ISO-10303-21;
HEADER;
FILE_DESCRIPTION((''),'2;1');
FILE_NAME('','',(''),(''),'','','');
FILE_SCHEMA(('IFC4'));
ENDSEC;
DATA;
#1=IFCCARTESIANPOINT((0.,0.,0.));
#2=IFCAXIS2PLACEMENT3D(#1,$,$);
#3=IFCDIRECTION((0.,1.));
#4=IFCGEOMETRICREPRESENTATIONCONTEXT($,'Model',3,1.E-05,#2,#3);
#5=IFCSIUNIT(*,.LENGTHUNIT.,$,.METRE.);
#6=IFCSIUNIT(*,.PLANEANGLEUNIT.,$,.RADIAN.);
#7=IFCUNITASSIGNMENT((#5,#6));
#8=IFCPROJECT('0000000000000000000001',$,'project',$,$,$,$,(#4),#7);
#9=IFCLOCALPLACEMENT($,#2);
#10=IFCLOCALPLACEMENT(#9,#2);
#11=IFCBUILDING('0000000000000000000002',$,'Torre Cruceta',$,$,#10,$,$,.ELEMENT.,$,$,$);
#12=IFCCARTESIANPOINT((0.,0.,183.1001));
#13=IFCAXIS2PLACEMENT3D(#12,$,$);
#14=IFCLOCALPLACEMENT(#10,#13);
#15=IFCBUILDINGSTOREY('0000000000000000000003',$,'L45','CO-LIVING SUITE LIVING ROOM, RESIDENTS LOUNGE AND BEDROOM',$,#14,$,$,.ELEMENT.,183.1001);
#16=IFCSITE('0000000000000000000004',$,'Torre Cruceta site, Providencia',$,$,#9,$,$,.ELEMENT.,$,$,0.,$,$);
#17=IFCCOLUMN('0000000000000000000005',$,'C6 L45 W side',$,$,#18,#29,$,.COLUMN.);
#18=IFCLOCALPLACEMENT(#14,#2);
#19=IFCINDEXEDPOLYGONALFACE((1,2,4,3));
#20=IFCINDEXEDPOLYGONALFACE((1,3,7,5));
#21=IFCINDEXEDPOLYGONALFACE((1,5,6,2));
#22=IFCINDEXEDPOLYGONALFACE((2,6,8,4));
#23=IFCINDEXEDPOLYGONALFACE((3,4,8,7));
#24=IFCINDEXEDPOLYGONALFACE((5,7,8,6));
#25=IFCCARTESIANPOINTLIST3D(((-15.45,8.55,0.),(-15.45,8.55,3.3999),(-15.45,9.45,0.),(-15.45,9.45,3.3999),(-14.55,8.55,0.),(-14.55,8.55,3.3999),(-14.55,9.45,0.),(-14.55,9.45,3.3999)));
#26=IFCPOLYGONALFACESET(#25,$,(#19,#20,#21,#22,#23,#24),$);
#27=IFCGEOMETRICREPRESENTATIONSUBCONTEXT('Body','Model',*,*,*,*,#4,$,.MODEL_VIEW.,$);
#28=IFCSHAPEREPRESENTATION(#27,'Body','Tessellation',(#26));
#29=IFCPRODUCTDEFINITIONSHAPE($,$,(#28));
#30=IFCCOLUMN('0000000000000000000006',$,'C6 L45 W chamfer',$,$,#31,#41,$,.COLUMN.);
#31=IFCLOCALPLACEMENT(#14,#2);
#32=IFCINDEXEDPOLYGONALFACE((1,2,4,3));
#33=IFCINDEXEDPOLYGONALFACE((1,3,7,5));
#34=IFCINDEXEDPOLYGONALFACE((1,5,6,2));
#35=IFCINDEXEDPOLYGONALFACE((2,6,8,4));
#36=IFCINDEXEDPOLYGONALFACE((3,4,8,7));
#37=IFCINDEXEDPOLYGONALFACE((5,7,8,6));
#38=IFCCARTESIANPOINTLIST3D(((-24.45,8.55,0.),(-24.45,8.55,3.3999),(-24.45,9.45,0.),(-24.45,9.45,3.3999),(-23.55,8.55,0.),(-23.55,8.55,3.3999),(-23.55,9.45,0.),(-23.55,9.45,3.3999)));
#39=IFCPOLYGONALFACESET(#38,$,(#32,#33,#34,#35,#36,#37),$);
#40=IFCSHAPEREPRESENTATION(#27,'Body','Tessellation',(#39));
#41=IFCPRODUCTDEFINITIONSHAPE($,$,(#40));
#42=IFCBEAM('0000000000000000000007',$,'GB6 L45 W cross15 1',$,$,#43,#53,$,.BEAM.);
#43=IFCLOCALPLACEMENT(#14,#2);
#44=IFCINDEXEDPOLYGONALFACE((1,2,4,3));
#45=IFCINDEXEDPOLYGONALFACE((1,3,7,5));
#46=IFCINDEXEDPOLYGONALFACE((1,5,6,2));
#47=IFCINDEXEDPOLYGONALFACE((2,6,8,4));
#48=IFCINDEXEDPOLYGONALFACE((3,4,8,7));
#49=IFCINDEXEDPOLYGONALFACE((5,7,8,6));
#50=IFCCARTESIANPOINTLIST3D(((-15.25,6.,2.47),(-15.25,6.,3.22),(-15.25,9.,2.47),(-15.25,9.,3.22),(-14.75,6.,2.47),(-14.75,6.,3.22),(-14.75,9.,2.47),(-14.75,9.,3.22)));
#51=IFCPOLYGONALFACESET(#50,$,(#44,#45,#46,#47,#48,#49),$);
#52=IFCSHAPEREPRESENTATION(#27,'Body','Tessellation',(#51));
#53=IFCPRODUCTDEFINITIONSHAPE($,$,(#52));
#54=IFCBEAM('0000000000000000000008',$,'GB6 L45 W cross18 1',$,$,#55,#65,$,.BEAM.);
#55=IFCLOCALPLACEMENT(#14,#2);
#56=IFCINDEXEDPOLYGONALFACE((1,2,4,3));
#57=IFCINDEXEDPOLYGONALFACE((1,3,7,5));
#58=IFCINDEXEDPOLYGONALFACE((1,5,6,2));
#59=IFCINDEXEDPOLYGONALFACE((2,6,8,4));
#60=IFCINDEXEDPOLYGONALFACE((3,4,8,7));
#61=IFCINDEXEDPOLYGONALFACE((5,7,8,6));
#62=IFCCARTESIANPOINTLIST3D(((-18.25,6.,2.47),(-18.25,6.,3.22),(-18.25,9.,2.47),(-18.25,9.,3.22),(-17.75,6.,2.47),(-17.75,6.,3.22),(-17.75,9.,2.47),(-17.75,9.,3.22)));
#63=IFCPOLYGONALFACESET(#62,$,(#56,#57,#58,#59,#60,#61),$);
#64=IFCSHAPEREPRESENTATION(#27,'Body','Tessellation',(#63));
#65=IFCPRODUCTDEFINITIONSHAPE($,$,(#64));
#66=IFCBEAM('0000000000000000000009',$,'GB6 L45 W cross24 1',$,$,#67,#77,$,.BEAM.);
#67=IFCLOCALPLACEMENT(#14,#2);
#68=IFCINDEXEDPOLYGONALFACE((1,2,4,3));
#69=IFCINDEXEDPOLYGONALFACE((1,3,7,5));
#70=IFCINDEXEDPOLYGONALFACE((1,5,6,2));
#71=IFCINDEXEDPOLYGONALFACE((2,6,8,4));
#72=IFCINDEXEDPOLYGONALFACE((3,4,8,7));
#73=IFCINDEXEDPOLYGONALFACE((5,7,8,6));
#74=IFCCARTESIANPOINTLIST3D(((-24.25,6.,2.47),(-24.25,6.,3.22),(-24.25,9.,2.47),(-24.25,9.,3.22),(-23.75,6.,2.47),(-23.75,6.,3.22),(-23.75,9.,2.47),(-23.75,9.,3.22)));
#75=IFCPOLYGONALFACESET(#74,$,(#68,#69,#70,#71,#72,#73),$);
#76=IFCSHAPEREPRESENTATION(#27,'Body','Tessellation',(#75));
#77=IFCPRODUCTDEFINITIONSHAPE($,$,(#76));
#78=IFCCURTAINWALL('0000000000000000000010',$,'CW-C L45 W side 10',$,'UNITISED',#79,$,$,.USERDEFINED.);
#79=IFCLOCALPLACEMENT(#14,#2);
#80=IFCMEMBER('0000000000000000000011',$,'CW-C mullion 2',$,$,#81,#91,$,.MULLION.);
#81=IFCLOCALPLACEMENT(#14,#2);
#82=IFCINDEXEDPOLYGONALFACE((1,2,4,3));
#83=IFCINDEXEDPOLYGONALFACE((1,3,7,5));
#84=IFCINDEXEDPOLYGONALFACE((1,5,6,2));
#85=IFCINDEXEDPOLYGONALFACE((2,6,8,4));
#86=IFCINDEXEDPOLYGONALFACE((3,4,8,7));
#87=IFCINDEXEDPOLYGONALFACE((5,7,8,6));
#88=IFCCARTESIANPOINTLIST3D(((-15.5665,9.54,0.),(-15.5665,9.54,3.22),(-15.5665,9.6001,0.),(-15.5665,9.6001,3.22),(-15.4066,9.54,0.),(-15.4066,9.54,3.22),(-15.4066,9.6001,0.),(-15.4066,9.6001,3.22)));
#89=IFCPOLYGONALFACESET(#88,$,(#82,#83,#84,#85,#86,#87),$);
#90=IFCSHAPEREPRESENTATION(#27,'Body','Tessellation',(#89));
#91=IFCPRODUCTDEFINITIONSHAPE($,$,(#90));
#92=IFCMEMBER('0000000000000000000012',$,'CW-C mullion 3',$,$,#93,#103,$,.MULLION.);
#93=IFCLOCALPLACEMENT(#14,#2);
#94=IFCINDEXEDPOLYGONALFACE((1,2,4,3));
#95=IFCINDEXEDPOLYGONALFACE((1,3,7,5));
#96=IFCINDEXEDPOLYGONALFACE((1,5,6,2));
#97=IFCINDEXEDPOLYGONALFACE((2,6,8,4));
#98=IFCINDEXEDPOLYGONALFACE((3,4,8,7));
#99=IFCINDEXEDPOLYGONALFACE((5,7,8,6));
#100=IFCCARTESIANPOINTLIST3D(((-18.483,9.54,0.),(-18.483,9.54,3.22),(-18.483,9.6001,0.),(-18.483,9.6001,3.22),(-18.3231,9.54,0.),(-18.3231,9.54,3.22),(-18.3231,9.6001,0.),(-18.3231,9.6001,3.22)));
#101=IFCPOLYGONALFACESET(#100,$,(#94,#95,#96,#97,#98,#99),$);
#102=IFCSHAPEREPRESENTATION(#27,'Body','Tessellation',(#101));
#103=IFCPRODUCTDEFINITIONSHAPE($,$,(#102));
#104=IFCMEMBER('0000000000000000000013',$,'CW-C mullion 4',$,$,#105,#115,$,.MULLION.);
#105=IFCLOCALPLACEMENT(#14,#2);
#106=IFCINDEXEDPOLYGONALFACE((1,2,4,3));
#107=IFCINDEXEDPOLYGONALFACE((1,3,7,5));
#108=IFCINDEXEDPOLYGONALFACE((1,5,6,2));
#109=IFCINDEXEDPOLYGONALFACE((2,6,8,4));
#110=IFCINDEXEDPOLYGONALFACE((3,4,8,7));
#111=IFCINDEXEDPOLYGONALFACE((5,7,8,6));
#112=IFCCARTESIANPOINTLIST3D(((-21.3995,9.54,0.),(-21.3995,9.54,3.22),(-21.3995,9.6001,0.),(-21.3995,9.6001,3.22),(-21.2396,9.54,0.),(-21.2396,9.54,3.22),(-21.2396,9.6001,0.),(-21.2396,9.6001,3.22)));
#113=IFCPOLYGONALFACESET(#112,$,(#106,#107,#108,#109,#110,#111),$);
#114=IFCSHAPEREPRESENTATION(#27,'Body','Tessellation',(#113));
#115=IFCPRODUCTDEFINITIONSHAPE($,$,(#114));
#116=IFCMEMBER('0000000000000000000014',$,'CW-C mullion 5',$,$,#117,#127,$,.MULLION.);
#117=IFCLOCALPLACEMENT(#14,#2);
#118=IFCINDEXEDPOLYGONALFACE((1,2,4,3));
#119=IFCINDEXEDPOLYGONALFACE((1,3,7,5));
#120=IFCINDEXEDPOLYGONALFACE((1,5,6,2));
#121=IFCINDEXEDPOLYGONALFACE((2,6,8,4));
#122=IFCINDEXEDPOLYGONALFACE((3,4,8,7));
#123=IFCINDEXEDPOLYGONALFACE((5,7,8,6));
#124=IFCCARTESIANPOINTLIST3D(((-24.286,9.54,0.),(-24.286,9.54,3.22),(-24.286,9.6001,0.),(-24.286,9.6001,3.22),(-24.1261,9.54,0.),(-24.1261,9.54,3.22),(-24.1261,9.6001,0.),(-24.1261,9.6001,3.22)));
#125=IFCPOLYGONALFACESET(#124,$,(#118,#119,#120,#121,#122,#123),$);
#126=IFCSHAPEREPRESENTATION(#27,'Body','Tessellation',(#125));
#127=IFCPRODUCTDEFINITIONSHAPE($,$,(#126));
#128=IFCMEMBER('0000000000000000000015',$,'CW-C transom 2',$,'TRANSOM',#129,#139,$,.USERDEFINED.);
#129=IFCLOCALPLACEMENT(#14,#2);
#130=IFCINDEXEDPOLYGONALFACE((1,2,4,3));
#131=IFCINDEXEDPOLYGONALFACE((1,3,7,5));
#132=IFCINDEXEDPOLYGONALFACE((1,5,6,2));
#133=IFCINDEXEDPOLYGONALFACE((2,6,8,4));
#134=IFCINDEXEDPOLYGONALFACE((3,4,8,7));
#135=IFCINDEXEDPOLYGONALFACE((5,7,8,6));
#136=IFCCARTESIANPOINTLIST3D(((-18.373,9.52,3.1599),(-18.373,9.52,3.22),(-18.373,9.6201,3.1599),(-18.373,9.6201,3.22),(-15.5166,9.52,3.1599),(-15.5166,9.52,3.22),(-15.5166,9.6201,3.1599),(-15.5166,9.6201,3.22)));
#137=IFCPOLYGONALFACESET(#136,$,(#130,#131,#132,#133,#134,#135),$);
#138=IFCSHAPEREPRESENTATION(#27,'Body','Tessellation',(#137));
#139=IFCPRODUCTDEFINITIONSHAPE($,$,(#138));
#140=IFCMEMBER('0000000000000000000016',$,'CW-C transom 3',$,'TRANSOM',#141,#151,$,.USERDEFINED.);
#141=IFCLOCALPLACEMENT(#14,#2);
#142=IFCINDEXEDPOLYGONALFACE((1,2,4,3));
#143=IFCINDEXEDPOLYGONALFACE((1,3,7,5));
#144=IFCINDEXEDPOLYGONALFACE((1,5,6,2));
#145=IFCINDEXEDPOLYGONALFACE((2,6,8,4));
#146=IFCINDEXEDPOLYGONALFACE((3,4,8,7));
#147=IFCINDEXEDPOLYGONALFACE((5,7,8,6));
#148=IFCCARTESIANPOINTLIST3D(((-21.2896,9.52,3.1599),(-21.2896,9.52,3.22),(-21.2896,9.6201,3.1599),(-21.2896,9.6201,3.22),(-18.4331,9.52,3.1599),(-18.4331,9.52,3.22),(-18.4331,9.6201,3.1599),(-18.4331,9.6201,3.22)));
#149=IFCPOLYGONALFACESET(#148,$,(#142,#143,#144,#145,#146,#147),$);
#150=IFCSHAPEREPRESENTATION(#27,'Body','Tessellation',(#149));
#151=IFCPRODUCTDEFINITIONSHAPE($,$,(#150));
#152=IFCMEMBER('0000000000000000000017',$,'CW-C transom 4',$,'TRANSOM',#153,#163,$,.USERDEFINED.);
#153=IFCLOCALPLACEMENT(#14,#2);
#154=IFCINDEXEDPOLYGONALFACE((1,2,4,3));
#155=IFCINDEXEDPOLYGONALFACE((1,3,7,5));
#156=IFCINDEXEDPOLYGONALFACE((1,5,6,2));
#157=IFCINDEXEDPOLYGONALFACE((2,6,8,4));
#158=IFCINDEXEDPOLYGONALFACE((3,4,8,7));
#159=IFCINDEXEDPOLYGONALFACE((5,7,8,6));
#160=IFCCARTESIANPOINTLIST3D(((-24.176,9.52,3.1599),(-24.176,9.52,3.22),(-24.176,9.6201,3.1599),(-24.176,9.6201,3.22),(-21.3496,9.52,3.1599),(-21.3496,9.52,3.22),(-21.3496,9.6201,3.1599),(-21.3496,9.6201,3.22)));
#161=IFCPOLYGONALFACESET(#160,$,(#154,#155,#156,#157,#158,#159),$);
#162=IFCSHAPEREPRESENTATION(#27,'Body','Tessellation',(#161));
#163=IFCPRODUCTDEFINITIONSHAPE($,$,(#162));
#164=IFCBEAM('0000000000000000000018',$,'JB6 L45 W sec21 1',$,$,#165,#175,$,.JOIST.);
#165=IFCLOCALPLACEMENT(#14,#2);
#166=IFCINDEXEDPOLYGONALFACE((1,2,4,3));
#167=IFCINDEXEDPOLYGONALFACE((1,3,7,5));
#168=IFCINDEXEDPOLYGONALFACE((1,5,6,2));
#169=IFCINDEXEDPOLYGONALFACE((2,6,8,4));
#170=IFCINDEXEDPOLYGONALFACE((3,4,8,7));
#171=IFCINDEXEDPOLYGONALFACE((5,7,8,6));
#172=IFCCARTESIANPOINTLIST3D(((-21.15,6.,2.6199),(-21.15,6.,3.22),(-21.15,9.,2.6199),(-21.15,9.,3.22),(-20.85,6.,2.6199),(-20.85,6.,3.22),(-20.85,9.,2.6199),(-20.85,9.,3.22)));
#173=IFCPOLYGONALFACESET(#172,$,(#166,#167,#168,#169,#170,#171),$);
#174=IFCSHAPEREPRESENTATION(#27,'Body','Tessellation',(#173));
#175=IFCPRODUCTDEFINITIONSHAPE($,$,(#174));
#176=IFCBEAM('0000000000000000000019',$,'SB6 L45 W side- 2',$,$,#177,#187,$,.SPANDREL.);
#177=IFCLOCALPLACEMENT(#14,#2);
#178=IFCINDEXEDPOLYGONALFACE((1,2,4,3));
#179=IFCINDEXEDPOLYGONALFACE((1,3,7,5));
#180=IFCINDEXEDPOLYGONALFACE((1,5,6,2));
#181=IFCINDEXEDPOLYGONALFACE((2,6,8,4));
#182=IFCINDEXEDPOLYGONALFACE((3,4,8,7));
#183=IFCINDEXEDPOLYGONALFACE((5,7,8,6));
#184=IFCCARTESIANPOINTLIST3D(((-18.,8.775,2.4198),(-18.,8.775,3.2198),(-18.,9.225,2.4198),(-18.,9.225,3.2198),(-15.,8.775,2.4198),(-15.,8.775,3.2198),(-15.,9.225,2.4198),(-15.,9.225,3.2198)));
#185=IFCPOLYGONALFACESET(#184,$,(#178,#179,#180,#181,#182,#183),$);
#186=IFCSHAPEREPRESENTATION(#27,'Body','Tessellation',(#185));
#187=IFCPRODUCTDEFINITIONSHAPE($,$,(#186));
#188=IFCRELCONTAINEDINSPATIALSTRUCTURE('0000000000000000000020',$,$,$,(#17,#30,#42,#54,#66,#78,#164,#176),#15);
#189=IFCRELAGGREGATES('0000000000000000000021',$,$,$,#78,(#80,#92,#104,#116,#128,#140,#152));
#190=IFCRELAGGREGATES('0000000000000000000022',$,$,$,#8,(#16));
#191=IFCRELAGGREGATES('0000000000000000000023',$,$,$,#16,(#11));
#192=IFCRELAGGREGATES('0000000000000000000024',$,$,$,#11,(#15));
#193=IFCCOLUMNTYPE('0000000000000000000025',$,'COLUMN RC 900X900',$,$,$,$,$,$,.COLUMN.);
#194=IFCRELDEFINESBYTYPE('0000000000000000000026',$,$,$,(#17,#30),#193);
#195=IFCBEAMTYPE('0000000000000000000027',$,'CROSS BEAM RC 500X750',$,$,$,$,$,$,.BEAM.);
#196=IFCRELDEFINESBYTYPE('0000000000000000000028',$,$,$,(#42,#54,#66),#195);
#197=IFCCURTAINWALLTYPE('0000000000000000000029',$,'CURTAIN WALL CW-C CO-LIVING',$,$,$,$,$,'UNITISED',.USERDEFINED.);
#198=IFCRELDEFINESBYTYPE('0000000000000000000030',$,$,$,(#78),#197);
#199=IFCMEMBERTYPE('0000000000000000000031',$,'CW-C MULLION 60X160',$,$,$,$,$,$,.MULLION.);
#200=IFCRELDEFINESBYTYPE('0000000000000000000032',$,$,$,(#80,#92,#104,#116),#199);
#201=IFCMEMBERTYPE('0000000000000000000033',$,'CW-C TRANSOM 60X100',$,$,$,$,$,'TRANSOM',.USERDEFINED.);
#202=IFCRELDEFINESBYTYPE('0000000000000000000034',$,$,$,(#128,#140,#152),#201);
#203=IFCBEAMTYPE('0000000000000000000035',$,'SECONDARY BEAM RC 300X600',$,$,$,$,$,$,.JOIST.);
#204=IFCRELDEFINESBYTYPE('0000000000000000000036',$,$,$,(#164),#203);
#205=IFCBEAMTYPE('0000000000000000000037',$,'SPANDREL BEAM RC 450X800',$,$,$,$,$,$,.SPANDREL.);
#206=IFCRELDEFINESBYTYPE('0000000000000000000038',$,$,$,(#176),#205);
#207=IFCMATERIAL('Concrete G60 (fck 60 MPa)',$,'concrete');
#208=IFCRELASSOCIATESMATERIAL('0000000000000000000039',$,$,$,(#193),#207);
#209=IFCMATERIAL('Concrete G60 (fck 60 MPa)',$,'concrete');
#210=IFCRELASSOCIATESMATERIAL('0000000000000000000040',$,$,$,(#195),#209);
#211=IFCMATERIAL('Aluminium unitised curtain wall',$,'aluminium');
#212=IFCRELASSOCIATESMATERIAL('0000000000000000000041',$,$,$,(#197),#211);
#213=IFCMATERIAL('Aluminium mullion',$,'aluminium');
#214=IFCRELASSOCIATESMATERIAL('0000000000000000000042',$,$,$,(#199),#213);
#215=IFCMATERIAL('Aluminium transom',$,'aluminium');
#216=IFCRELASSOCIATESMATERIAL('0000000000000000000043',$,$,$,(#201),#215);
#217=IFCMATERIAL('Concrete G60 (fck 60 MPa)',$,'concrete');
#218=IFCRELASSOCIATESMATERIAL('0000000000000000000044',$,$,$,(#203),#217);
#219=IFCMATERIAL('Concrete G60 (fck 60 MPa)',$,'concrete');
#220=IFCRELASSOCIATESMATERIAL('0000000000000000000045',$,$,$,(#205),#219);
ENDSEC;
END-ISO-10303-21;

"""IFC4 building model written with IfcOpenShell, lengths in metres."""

from ifc_helpers import new_model, si_unit, direction, frame, origin, origin_2d, place, context, subcontext, project, spatial, rectangle, extrude, material, material_profile, profile_set, type_object, element, aggregate, save


model = new_model("IFC4")

# Units and contexts
model_context = context("Model", 3, precision=1e-05, world=origin(), true_north=direction((0.0, 1.0)))
body_context = subcontext(model_context, "Body", "Model", "MODEL_VIEW")
ifc_project = project(units=[si_unit("LENGTHUNIT", "METRE"), si_unit("PLANEANGLEUNIT", "RADIAN")], contexts=[model_context])

# Site, building, storey
site_placement = place(None, origin())
site = spatial("IfcSite", under=ifc_project, at=site_placement, Name="Torre Cruceta site, Providencia", CompositionType="ELEMENT", RefElevation=0.0)
building_placement = place(site_placement, origin())
building = spatial("IfcBuilding", under=site, at=building_placement, Name="Torre Cruceta", CompositionType="ELEMENT")
storey_placement = place(building_placement, frame((0.0, 0.0, 183.1001)))
storey = spatial("IfcBuildingStorey", under=building, at=storey_placement, Name="L45", Description="CO-LIVING SUITE LIVING ROOM, RESIDENTS LOUNGE AND BEDROOM", CompositionType="ELEMENT", Elevation=183.1001)

# Columns
ifc_material_1 = material(Name="Concrete G60 (fck 60 MPa)", Category="concrete")
ifc_material_profile_1 = material_profile(ifc_material_1, rectangle(XDim=0.8999, YDim=0.8999, at=origin_2d()), Name="RC 900X900")
ifc_profile_set_1 = profile_set([ifc_material_profile_1], Name="Concrete G60 (fck 60 MPa)")
column_type = type_object("IfcColumnType", Name="COLUMN RC 900X900", PredefinedType="COLUMN", material=ifc_profile_set_1)
for number, where, z_axis, x_axis, name in (
    (1, (-15.0, 9.0, 0.0), (0.0, 0.0, 1.0), (1.0, 0.0, 0.0), "C6 L45 W side"),
    (2, (-24.0, 9.0, 0.0), (0.0, 0.0, 1.0), (1.0, 0.0, 0.0), "C6 L45 W chamfer"),
):
    element("IfcColumn", number, at=place(storey_placement, frame(where, z_axis=z_axis, x_axis=x_axis)), inside=storey, type_object=column_type, Name=name, PredefinedType="COLUMN", context=body_context, shape_type="SweptSolid", body=[
        extrude(rectangle(XDim=0.8999, YDim=0.8999, at=origin_2d()), origin(), (0.0, 0.0, 1.0), 3.3999),
    ])

# Beams
ifc_material_2 = material(Name="Concrete G60 (fck 60 MPa)", Category="concrete")
ifc_material_profile_2 = material_profile(ifc_material_2, rectangle(XDim=0.5, YDim=0.75, at=origin_2d()), Name="RC 500X750")
ifc_profile_set_2 = profile_set([ifc_material_profile_2], Name="Concrete G60 (fck 60 MPa)")
beam_type_1 = type_object("IfcBeamType", Name="CROSS BEAM RC 500X750", PredefinedType="BEAM", material=ifc_profile_set_2)
for number, where, z_axis, x_axis, name in (
    (3, (-15.0, 9.0, 2.845), (0.0, -1.0, 0.0), (1.0, 0.0, 0.0), "GB6 L45 W cross15 1"),
    (4, (-18.0, 9.0, 2.845), (0.0, -1.0, 0.0), (1.0, 0.0, 0.0), "GB6 L45 W cross18 1"),
    (5, (-24.0, 9.0, 2.845), (0.0, -1.0, 0.0), (1.0, 0.0, 0.0), "GB6 L45 W cross24 1"),
):
    element("IfcBeam", number, at=place(storey_placement, frame(where, z_axis=z_axis, x_axis=x_axis)), inside=storey, type_object=beam_type_1, Name=name, PredefinedType="BEAM", context=body_context, shape_type="SweptSolid", body=[
        extrude(rectangle(XDim=0.5, YDim=0.75, at=origin_2d()), origin(), (0.0, 0.0, 1.0), 3.0),
    ])

# Curtain wall, members
ifc_material_3 = material(Name="Aluminium unitised curtain wall", Category="aluminium")
curtain_wall_type = type_object("IfcCurtainWallType", Name="CURTAIN WALL CW-C CO-LIVING", ElementType="UNITISED", PredefinedType="USERDEFINED", material=ifc_material_3)
curtain_wall_placement = place(storey_placement, origin())
curtain_wall = element("IfcCurtainWall", 6, at=curtain_wall_placement, inside=storey, type_object=curtain_wall_type, Name="CW-C L45 W side 10", ObjectType="UNITISED", PredefinedType="USERDEFINED")
ifc_material_4 = material(Name="Aluminium mullion", Category="aluminium")
ifc_material_profile_3 = material_profile(ifc_material_4, rectangle(XDim=0.0601, YDim=0.1599, at=origin_2d()), Name="AL 60X160")
ifc_profile_set_3 = profile_set([ifc_material_profile_3], Name="Aluminium mullion")
member_type_1 = type_object("IfcMemberType", Name="CW-C MULLION 60X160", PredefinedType="MULLION", material=ifc_profile_set_3)
member_1_placement = place(storey_placement, frame((-15.4866, 9.5701, 0.0), z_axis=(0.0, 0.0, 1.0), x_axis=(0.0, -1.0, 0.0)))
member_1 = element("IfcMember", 7, at=member_1_placement, type_object=member_type_1, Name="CW-C mullion 2", PredefinedType="MULLION", context=body_context, shape_type="SweptSolid", body=[
    extrude(rectangle(XDim=0.0601, YDim=0.1599, at=origin_2d()), origin(), (0.0, 0.0, 1.0), 3.22),
])
member_2_placement = place(storey_placement, frame((-18.4031, 9.5701, 0.0), z_axis=(0.0, 0.0, 1.0), x_axis=(0.0, -1.0, 0.0)))
member_2 = element("IfcMember", 8, at=member_2_placement, type_object=member_type_1, Name="CW-C mullion 3", PredefinedType="MULLION", context=body_context, shape_type="SweptSolid", body=[
    extrude(rectangle(XDim=0.0601, YDim=0.1599, at=origin_2d()), origin(), (0.0, 0.0, 1.0), 3.22),
])
member_3_placement = place(storey_placement, frame((-21.3196, 9.5701, 0.0), z_axis=(0.0, 0.0, 1.0), x_axis=(0.0, -1.0, 0.0)))
member_3 = element("IfcMember", 9, at=member_3_placement, type_object=member_type_1, Name="CW-C mullion 4", PredefinedType="MULLION", context=body_context, shape_type="SweptSolid", body=[
    extrude(rectangle(XDim=0.0601, YDim=0.1599, at=origin_2d()), origin(), (0.0, 0.0, 1.0), 3.22),
])
member_4_placement = place(storey_placement, frame((-24.2061, 9.5701, 0.0), z_axis=(0.0, 0.0, 1.0), x_axis=(0.0, -1.0, 0.0)))
member_4 = element("IfcMember", 10, at=member_4_placement, type_object=member_type_1, Name="CW-C mullion 5", PredefinedType="MULLION", context=body_context, shape_type="SweptSolid", body=[
    extrude(rectangle(XDim=0.0601, YDim=0.1599, at=origin_2d()), origin(), (0.0, 0.0, 1.0), 3.22),
])
ifc_material_5 = material(Name="Aluminium transom", Category="aluminium")
ifc_material_profile_4 = material_profile(ifc_material_5, rectangle(XDim=0.1001, YDim=0.0601, at=origin_2d()), Name="AL 100X60")
ifc_profile_set_4 = profile_set([ifc_material_profile_4], Name="Aluminium transom")
member_type_2 = type_object("IfcMemberType", Name="CW-C TRANSOM 60X100", ElementType="TRANSOM", PredefinedType="USERDEFINED", material=ifc_profile_set_4)
member_5_placement = place(storey_placement, frame((-15.5166, 9.5701, 3.1899), z_axis=(-1.0, 0.0, 0.0), x_axis=(0.0, -1.0, 0.0)))
member_5 = element("IfcMember", 11, at=member_5_placement, type_object=member_type_2, Name="CW-C transom 2", ObjectType="TRANSOM", PredefinedType="USERDEFINED", context=body_context, shape_type="SweptSolid", body=[
    extrude(rectangle(XDim=0.1001, YDim=0.0601, at=origin_2d()), origin(), (0.0, 0.0, 1.0), 2.8564),
])
member_6_placement = place(storey_placement, frame((-18.4331, 9.5701, 3.1899), z_axis=(-1.0, 0.0, 0.0), x_axis=(0.0, -1.0, 0.0)))
member_6 = element("IfcMember", 12, at=member_6_placement, type_object=member_type_2, Name="CW-C transom 3", ObjectType="TRANSOM", PredefinedType="USERDEFINED", context=body_context, shape_type="SweptSolid", body=[
    extrude(rectangle(XDim=0.1001, YDim=0.0601, at=origin_2d()), origin(), (0.0, 0.0, 1.0), 2.8564),
])
member_7_placement = place(storey_placement, frame((-21.3496, 9.5701, 3.1899), z_axis=(-1.0, 0.0, 0.0), x_axis=(0.0, -1.0, 0.0)))
member_7 = element("IfcMember", 13, at=member_7_placement, type_object=member_type_2, Name="CW-C transom 4", ObjectType="TRANSOM", PredefinedType="USERDEFINED", context=body_context, shape_type="SweptSolid", body=[
    extrude(rectangle(XDim=0.1001, YDim=0.0601, at=origin_2d()), origin(), (0.0, 0.0, 1.0), 2.8264),
])

# Beams
ifc_material_6 = material(Name="Concrete G60 (fck 60 MPa)", Category="concrete")
ifc_material_profile_5 = material_profile(ifc_material_6, rectangle(XDim=0.3, YDim=0.6001, at=origin_2d()), Name="RC 300X600")
ifc_profile_set_5 = profile_set([ifc_material_profile_5], Name="Concrete G60 (fck 60 MPa)")
beam_type_2 = type_object("IfcBeamType", Name="SECONDARY BEAM RC 300X600", PredefinedType="JOIST", material=ifc_profile_set_5)
beam_1_placement = place(storey_placement, frame((-21.0, 9.0, 2.9199), z_axis=(0.0, -1.0, 0.0), x_axis=(1.0, 0.0, 0.0)))
element("IfcBeam", 14, at=beam_1_placement, inside=storey, type_object=beam_type_2, Name="JB6 L45 W sec21 1", PredefinedType="JOIST", context=body_context, shape_type="SweptSolid", body=[
    extrude(rectangle(XDim=0.3, YDim=0.6001, at=origin_2d()), origin(), (0.0, 0.0, 1.0), 3.0),
])
ifc_material_7 = material(Name="Concrete G60 (fck 60 MPa)", Category="concrete")
ifc_material_profile_6 = material_profile(ifc_material_7, rectangle(XDim=0.45, YDim=0.8, at=origin_2d()), Name="RC 450X800")
ifc_profile_set_6 = profile_set([ifc_material_profile_6], Name="Concrete G60 (fck 60 MPa)")
beam_type_3 = type_object("IfcBeamType", Name="SPANDREL BEAM RC 450X800", PredefinedType="SPANDREL", material=ifc_profile_set_6)
for number, where, z_axis, x_axis, name in (
    (15, (-15.0, 9.0, 2.8198), (-1.0, 0.0, 0.0), (0.0, -1.0, 0.0), "SB6 L45 W side- 2"),
):
    element("IfcBeam", number, at=place(storey_placement, frame(where, z_axis=z_axis, x_axis=x_axis)), inside=storey, type_object=beam_type_3, Name=name, PredefinedType="SPANDREL", context=body_context, shape_type="SweptSolid", body=[
        extrude(rectangle(XDim=0.45, YDim=0.8, at=origin_2d()), origin(), (0.0, 0.0, 1.0), 3.0),
    ])

aggregate(curtain_wall, [member_1, member_2, member_3, member_4, member_5, member_6, member_7])

save(model, "model.ifc")
